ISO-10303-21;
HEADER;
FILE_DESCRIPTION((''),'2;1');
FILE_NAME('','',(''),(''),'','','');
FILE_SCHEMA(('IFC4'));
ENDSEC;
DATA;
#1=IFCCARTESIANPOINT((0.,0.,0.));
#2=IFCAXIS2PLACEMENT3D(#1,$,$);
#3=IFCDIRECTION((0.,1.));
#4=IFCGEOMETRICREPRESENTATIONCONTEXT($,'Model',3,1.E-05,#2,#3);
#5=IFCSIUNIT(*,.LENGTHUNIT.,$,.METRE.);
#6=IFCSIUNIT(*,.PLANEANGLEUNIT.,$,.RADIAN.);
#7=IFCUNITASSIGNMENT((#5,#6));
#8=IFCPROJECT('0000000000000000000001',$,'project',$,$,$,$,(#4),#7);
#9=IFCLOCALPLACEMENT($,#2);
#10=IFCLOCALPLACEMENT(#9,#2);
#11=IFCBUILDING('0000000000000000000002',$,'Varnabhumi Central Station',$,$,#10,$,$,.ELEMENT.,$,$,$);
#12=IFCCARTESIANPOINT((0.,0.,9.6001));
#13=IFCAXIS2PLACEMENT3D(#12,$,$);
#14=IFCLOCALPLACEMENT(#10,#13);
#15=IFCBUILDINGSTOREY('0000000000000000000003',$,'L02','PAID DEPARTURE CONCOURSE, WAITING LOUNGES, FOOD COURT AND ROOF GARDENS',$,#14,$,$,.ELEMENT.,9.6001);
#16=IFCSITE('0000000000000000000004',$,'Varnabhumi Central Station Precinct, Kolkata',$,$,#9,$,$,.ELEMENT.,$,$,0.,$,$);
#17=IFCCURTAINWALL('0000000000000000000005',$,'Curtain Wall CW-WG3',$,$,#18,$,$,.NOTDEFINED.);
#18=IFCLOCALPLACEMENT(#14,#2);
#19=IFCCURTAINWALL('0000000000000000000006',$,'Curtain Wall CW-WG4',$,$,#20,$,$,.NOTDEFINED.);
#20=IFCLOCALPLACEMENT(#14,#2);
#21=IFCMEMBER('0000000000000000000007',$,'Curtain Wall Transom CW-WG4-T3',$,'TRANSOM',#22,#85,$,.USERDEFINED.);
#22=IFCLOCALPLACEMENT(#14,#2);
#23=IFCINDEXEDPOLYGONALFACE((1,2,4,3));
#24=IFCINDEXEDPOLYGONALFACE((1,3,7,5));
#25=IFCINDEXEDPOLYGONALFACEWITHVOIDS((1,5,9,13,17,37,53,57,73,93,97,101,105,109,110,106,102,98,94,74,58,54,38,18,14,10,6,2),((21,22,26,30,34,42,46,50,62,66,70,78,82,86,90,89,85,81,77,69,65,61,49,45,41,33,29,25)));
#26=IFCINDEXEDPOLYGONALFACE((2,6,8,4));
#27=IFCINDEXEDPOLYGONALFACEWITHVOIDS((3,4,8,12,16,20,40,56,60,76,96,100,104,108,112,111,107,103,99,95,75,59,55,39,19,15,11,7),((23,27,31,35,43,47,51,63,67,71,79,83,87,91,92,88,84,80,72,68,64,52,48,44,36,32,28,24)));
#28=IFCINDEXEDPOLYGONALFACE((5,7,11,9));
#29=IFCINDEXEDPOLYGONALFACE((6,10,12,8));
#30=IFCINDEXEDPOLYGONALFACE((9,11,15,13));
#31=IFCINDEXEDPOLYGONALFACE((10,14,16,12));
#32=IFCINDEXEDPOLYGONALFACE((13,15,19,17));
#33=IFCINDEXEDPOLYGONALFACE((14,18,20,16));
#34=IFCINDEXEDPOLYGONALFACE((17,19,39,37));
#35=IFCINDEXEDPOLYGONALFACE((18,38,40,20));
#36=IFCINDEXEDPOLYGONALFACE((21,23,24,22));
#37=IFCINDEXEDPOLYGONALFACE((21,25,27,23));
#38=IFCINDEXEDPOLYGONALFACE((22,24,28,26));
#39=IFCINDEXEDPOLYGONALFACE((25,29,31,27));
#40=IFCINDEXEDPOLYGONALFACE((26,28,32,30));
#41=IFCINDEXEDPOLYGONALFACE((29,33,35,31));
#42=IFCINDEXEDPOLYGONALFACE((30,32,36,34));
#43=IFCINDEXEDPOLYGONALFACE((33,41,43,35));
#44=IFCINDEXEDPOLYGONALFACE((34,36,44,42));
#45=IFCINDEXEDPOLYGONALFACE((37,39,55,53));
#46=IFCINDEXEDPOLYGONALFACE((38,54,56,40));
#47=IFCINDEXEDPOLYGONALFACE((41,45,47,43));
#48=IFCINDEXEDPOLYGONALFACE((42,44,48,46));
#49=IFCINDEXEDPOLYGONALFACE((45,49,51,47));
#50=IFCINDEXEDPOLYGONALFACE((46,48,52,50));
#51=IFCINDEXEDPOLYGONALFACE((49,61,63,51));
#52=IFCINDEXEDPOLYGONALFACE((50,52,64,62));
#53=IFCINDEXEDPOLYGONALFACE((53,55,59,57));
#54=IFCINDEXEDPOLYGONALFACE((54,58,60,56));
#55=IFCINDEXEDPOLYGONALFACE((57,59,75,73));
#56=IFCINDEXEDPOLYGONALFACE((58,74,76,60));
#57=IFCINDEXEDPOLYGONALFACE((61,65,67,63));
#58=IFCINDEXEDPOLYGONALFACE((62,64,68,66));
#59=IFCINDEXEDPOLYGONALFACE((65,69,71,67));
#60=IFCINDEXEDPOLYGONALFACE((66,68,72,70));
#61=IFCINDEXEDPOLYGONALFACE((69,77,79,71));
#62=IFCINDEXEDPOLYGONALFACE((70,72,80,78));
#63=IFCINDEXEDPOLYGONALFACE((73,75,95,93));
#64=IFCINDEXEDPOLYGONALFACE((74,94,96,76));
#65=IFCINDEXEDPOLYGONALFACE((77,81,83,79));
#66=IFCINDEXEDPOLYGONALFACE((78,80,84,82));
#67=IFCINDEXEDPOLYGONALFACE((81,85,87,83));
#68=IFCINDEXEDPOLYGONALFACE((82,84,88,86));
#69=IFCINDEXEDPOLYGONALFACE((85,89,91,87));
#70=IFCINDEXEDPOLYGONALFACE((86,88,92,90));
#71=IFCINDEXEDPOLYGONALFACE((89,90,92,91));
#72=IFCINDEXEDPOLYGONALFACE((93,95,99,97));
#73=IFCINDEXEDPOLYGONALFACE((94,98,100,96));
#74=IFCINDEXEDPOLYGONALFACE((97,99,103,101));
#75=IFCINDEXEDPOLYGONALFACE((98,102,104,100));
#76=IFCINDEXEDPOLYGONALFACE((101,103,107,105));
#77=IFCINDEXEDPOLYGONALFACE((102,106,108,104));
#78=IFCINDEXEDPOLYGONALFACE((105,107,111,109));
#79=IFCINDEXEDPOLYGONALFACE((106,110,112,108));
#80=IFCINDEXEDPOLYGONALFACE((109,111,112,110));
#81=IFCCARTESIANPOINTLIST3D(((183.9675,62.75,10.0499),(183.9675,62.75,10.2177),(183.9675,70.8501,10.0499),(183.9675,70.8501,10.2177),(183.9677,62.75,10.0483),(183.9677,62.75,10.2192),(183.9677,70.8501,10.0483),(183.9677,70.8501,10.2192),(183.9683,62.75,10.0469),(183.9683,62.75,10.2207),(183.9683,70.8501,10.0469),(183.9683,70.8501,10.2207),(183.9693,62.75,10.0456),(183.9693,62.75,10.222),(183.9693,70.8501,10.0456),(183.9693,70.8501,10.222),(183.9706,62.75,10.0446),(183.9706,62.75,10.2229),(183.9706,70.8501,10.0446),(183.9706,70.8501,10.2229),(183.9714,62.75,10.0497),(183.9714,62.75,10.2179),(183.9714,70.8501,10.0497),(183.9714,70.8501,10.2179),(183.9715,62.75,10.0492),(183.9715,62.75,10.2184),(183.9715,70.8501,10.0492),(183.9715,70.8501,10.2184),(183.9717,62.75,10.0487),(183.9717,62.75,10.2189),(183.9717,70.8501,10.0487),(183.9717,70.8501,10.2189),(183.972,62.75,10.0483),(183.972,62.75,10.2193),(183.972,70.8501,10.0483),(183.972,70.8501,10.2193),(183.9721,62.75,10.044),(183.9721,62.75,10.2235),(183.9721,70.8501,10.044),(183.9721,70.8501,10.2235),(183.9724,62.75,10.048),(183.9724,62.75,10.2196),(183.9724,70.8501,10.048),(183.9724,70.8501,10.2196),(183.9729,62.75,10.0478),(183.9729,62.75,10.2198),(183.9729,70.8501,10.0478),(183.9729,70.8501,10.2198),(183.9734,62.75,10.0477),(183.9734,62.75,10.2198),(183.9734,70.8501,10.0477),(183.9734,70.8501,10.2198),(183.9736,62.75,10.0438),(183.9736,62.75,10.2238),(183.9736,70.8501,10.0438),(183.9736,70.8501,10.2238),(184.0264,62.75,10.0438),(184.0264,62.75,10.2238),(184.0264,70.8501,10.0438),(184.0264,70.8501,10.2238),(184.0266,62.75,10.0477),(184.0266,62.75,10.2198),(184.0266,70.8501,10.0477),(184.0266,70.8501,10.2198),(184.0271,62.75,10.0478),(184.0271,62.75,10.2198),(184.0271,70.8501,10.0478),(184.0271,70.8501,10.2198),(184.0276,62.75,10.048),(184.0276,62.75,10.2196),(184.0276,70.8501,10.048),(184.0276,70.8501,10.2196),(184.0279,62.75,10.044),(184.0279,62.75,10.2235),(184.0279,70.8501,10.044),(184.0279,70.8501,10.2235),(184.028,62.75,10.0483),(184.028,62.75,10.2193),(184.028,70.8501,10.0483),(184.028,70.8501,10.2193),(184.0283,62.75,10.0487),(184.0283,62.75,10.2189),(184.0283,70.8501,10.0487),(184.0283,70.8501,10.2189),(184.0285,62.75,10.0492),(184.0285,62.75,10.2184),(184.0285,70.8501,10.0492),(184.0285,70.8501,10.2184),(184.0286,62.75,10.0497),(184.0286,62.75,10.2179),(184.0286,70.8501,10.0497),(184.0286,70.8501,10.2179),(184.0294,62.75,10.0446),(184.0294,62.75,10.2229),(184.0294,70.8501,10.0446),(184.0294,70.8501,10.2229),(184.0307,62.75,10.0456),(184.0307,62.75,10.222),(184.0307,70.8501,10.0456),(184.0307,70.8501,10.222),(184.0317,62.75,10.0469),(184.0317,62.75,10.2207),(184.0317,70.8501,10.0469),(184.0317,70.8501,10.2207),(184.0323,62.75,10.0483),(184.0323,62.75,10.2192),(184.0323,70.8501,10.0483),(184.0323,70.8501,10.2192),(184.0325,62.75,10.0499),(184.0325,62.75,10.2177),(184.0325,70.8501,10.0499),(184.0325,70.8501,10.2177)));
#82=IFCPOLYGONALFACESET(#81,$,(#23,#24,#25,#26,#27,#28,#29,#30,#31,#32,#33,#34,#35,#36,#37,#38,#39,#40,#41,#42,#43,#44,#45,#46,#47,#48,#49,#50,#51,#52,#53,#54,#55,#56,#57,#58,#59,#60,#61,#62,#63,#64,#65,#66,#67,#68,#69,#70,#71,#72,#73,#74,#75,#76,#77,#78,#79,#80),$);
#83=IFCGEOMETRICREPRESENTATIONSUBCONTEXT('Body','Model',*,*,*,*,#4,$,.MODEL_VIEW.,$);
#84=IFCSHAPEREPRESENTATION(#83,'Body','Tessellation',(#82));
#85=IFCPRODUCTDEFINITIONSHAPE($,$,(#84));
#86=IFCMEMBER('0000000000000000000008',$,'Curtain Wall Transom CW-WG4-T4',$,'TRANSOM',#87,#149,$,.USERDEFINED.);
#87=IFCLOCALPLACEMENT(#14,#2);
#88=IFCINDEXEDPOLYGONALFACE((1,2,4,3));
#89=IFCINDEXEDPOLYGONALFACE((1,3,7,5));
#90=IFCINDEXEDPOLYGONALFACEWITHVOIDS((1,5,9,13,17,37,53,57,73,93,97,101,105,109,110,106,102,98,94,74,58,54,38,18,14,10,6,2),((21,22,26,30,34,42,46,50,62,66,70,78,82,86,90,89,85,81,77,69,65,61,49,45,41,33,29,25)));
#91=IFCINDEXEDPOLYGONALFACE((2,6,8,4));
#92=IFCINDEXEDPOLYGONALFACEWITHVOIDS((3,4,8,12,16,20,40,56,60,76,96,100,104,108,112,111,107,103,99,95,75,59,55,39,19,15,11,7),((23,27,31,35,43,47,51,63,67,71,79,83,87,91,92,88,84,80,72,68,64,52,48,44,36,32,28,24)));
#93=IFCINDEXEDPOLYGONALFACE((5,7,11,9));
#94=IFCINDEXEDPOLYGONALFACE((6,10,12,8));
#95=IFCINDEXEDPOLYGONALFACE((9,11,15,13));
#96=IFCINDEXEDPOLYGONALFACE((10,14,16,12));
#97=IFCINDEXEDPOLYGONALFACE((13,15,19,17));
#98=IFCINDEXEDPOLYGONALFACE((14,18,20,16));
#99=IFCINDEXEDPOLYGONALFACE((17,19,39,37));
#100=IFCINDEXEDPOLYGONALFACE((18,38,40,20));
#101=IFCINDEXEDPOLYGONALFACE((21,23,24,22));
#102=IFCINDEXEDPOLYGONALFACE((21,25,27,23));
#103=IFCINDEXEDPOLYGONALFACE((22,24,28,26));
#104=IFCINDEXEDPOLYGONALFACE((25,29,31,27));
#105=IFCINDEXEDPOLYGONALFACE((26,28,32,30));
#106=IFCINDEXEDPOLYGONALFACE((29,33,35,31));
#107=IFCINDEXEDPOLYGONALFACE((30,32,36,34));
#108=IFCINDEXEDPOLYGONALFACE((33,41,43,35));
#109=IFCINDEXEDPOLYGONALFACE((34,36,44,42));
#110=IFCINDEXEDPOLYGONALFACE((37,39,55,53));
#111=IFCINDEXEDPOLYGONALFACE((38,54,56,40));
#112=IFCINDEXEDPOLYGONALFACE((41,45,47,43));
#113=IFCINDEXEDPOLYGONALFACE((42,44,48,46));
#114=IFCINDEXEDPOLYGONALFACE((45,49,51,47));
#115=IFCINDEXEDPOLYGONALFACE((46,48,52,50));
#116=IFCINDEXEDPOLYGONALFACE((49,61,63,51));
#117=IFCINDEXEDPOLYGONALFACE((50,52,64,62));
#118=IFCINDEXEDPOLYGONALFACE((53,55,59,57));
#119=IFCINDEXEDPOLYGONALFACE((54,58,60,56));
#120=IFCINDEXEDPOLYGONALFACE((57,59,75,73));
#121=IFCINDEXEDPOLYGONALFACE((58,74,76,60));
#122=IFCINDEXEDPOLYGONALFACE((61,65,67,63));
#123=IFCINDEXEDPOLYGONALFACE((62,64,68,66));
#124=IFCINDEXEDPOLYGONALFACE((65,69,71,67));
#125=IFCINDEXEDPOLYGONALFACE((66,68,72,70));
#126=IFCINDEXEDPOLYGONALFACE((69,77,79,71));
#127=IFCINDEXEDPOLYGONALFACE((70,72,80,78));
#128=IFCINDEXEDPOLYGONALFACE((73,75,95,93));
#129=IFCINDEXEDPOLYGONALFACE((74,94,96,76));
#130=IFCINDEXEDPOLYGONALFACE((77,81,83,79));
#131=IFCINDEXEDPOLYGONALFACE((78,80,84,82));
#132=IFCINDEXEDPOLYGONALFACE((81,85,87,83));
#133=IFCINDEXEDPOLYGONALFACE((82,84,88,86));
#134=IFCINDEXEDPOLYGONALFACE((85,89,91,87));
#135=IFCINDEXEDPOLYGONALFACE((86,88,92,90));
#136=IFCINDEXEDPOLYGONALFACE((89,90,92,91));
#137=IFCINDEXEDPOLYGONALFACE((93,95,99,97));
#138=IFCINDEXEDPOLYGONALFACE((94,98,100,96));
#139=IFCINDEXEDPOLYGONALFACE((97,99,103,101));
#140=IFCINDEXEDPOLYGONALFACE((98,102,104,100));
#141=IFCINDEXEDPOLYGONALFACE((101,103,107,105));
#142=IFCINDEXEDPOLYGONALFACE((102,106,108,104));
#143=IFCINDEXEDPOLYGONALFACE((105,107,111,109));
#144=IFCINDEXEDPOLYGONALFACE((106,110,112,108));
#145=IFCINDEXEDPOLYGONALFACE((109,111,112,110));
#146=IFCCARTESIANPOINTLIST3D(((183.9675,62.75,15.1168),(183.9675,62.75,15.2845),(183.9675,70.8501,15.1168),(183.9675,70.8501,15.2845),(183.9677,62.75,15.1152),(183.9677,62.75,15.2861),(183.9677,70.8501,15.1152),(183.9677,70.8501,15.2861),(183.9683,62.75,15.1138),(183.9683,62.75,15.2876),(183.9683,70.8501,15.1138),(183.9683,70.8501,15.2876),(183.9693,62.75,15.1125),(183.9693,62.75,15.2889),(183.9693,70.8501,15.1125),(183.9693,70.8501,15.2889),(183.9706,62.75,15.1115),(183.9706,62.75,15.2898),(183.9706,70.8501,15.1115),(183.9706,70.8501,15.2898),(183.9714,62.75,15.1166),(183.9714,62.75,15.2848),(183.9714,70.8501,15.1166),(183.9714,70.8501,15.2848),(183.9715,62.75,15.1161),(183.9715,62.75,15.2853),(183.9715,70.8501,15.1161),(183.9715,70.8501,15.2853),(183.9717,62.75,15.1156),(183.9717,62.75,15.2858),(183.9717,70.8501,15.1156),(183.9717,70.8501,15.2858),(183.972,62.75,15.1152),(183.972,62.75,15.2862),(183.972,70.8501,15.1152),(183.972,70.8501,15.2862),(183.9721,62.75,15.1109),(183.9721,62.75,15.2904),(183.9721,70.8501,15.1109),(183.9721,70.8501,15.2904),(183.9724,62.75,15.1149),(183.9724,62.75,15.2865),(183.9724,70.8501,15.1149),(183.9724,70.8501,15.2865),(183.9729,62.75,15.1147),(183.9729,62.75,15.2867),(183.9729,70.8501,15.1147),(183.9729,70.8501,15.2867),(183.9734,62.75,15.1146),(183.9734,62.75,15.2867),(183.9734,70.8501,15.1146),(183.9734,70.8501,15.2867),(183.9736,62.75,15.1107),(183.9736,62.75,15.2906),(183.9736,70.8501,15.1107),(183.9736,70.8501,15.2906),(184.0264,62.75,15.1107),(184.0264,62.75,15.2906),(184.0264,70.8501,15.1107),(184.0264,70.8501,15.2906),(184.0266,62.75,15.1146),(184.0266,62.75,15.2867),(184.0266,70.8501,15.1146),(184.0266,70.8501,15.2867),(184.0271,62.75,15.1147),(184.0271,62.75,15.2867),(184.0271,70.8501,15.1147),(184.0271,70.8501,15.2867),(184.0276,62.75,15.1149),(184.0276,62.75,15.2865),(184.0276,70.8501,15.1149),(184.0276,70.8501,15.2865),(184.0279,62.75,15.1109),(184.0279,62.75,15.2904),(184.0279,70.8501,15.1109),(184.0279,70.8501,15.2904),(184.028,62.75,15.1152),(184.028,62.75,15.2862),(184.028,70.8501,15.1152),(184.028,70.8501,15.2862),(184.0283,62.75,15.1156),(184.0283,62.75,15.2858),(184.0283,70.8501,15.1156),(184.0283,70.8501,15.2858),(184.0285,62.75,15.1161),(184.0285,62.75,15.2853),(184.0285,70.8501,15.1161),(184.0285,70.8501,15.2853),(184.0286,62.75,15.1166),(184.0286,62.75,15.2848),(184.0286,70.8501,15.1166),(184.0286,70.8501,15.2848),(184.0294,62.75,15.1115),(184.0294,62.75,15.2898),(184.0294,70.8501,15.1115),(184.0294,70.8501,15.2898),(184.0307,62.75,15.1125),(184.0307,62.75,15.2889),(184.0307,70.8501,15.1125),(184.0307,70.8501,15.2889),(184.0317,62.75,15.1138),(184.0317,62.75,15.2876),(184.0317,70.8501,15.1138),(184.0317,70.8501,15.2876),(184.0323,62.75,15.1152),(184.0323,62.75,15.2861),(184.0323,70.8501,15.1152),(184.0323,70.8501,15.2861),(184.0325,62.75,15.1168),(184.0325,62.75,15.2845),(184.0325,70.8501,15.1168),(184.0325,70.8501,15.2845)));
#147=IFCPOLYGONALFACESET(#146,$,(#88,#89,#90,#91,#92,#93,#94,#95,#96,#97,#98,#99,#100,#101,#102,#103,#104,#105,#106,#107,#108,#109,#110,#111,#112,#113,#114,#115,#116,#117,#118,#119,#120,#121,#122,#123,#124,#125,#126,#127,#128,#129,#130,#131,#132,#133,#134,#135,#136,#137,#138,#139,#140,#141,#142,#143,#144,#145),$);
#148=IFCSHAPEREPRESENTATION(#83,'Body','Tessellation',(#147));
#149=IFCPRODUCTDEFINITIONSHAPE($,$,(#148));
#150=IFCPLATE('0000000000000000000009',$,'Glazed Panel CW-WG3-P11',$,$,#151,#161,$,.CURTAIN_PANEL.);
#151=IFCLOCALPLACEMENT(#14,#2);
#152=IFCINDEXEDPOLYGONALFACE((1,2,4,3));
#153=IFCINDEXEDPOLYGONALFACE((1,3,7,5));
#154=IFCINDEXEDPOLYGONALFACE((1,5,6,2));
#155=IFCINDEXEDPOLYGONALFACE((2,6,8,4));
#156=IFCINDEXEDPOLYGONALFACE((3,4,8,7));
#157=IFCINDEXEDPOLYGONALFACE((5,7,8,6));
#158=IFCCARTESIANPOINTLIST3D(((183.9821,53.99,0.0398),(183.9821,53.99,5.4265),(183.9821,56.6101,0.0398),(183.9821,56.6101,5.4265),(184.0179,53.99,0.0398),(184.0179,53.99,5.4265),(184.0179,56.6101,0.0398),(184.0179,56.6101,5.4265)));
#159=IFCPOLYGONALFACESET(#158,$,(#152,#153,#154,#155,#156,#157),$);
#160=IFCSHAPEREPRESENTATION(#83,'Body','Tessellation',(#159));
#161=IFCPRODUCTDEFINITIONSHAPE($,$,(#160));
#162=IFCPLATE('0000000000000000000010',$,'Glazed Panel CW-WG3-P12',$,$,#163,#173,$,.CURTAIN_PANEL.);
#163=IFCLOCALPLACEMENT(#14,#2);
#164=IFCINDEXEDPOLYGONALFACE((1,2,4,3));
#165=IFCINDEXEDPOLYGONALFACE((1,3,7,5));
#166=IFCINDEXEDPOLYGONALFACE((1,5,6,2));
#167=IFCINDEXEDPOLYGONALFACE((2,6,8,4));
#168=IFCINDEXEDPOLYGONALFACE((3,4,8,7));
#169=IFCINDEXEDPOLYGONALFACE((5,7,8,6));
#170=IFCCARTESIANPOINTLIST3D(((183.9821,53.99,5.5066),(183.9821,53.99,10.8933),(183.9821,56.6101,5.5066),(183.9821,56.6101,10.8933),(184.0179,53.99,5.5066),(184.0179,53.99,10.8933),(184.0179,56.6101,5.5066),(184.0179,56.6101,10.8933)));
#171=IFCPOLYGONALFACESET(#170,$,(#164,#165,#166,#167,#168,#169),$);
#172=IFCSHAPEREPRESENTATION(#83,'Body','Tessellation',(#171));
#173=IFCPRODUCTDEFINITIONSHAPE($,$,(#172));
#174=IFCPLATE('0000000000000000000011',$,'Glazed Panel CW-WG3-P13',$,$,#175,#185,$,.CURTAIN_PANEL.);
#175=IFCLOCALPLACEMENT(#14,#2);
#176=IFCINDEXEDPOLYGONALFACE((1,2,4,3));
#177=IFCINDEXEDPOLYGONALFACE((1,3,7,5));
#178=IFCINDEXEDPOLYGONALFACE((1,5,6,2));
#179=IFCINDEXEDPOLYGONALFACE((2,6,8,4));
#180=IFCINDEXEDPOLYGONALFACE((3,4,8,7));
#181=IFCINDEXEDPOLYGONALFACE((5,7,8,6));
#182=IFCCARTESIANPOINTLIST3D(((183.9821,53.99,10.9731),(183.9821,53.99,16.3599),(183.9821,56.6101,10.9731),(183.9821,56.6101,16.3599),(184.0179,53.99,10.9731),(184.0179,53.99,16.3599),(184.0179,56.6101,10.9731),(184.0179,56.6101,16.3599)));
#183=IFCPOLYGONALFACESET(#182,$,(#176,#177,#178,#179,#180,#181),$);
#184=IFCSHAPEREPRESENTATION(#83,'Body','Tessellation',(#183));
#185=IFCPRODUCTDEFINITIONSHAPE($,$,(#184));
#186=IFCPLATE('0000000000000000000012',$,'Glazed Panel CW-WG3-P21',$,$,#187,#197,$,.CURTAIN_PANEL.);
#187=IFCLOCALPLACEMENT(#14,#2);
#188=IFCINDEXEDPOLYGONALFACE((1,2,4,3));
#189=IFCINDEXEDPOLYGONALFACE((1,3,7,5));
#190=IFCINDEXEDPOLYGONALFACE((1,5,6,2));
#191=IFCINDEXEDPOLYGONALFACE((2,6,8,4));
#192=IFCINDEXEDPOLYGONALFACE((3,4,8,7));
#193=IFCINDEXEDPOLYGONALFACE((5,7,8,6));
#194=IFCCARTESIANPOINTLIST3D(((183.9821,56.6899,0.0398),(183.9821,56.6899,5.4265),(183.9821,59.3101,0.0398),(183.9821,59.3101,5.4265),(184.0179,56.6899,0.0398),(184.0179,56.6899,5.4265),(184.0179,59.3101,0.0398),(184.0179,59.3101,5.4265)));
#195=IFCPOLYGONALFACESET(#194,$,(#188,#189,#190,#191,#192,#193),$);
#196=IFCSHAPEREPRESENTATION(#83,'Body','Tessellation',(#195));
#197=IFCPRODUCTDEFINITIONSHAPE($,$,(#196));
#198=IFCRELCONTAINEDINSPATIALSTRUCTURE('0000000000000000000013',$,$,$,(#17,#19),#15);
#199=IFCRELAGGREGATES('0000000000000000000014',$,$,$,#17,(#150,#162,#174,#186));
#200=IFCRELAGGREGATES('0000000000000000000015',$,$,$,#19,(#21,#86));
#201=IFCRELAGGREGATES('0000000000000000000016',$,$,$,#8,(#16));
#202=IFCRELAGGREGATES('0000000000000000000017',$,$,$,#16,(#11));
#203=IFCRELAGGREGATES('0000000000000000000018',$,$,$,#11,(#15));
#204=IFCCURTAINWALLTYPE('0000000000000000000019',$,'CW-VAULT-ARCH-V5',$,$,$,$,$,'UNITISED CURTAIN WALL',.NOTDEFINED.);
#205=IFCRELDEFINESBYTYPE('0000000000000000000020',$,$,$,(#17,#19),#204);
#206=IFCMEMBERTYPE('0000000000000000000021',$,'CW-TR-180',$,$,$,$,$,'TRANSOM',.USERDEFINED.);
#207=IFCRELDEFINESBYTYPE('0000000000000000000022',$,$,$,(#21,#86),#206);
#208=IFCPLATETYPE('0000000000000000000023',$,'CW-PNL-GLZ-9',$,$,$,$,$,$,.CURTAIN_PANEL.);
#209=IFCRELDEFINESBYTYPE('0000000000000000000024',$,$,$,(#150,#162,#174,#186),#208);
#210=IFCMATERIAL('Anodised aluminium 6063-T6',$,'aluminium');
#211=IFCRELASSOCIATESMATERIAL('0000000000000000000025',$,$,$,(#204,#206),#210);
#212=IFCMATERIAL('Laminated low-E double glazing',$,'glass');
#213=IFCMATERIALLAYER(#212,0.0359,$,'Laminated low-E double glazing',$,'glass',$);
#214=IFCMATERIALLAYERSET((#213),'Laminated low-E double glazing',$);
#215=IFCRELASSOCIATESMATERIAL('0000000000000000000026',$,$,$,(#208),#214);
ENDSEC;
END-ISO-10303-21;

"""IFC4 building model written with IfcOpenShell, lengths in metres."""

from ifc_helpers import new_model, si_unit, direction, frame, origin, origin_2d, place, context, subcontext, project, spatial, rectangle, hollow_rectangle, extrude, material, layer, layer_set, material_profile, profile_set, type_object, element, aggregate, save


model = new_model("IFC4")

# Units and contexts
model_context = context("Model", 3, precision=1e-05, world=origin(), true_north=direction((0.0, 1.0)))
body_context = subcontext(model_context, "Body", "Model", "MODEL_VIEW")
ifc_project = project(units=[si_unit("LENGTHUNIT", "METRE"), si_unit("PLANEANGLEUNIT", "RADIAN")], contexts=[model_context])

# Site, building, storey
site_placement = place(None, origin())
site = spatial("IfcSite", under=ifc_project, at=site_placement, Name="Varnabhumi Central Station Precinct, Kolkata", CompositionType="ELEMENT", RefElevation=0.0)
building_placement = place(site_placement, origin())
building = spatial("IfcBuilding", under=site, at=building_placement, Name="Varnabhumi Central Station", CompositionType="ELEMENT")
storey_placement = place(building_placement, frame((0.0, 0.0, 9.6001)))
storey = spatial("IfcBuildingStorey", under=building, at=storey_placement, Name="L02", Description="PAID DEPARTURE CONCOURSE, WAITING LOUNGES, FOOD COURT AND ROOF GARDENS", CompositionType="ELEMENT", Elevation=9.6001)

# Curtain walls
ifc_material_1 = material(Name="Anodised aluminium 6063-T6", Category="aluminium")
curtain_wall_type = type_object("IfcCurtainWallType", Name="CW-VAULT-ARCH-V5", ElementType="UNITISED CURTAIN WALL", PredefinedType="NOTDEFINED", material=ifc_material_1)
curtain_wall_1_placement = place(storey_placement, origin())
curtain_wall_1 = element("IfcCurtainWall", 1, at=curtain_wall_1_placement, inside=storey, type_object=curtain_wall_type, Name="Curtain Wall CW-WG3", PredefinedType="NOTDEFINED")
curtain_wall_2_placement = place(storey_placement, origin())
curtain_wall_2 = element("IfcCurtainWall", 2, at=curtain_wall_2_placement, inside=storey, type_object=curtain_wall_type, Name="Curtain Wall CW-WG4", PredefinedType="NOTDEFINED")

# Members
ifc_material_profile_1 = material_profile(ifc_material_1, hollow_rectangle(XDim=0.0649, YDim=0.1799, WallThickness=0.0039, InnerFilletRadius=0.002, OuterFilletRadius=0.0061, at=origin_2d()), Name="Anodised aluminium 6063-T6", Category="aluminium")
ifc_profile_set_1 = profile_set([ifc_material_profile_1], Name="Anodised aluminium 6063-T6")
member_type_1 = type_object("IfcMemberType", Name="CW-TR-180", ElementType="TRANSOM", PredefinedType="USERDEFINED", material=ifc_profile_set_1)
member_1_placement = place(storey_placement, frame((184.0, 62.75, 10.1338), z_axis=(0.0, 1.0, 0.0), x_axis=(-1.0, 0.0, 0.0)))
member_1 = element("IfcMember", 3, at=member_1_placement, type_object=member_type_1, Name="Curtain Wall Transom CW-WG4-T3", ObjectType="TRANSOM", PredefinedType="USERDEFINED", context=body_context, shape_type="SweptSolid", body=[
    extrude(hollow_rectangle(XDim=0.0649, YDim=0.1799, WallThickness=0.0039, InnerFilletRadius=0.002, OuterFilletRadius=0.0061, at=origin_2d()), origin(), (0.0, 0.0, 1.0), 8.1001),
])
member_2_placement = place(storey_placement, frame((184.0, 62.75, 15.2007), z_axis=(0.0, 1.0, 0.0), x_axis=(-1.0, 0.0, 0.0)))
member_2 = element("IfcMember", 4, at=member_2_placement, type_object=member_type_1, Name="Curtain Wall Transom CW-WG4-T4", ObjectType="TRANSOM", PredefinedType="USERDEFINED", context=body_context, shape_type="SweptSolid", body=[
    extrude(hollow_rectangle(XDim=0.0649, YDim=0.1799, WallThickness=0.0039, InnerFilletRadius=0.002, OuterFilletRadius=0.0061, at=origin_2d()), origin(), (0.0, 0.0, 1.0), 8.1001),
])

# Plates
ifc_material_2 = material(Name="Laminated low-E double glazing", Category="glass")
ifc_layer = layer(ifc_material_2, 0.0359, Name="Laminated low-E double glazing", Category="glass")
ifc_layer_set = layer_set([ifc_layer], Name="Laminated low-E double glazing")
plate_type = type_object("IfcPlateType", Name="CW-PNL-GLZ-9", PredefinedType="CURTAIN_PANEL", material=ifc_layer_set)
plate_1_placement = place(storey_placement, frame((184.0, 55.3, 0.0398), z_axis=(0.0, 0.0, 1.0), x_axis=(0.0, 1.0, 0.0)))
plate_1 = element("IfcPlate", 5, at=plate_1_placement, type_object=plate_type, Name="Glazed Panel CW-WG3-P11", PredefinedType="CURTAIN_PANEL", context=body_context, shape_type="SweptSolid", body=[
    extrude(rectangle(XDim=2.6201, YDim=0.0359, at=origin_2d()), origin(), (0.0, 0.0, 1.0), 5.3867),
])
plate_2_placement = place(storey_placement, frame((184.0, 55.3, 5.5066), z_axis=(0.0, 0.0, 1.0), x_axis=(0.0, 1.0, 0.0)))
plate_2 = element("IfcPlate", 6, at=plate_2_placement, type_object=plate_type, Name="Glazed Panel CW-WG3-P12", PredefinedType="CURTAIN_PANEL", context=body_context, shape_type="SweptSolid", body=[
    extrude(rectangle(XDim=2.6201, YDim=0.0359, at=origin_2d()), origin(), (0.0, 0.0, 1.0), 5.3867),
])
plate_3_placement = place(storey_placement, frame((184.0, 55.3, 10.9731), z_axis=(0.0, 0.0, 1.0), x_axis=(0.0, 1.0, 0.0)))
plate_3 = element("IfcPlate", 7, at=plate_3_placement, type_object=plate_type, Name="Glazed Panel CW-WG3-P13", PredefinedType="CURTAIN_PANEL", context=body_context, shape_type="SweptSolid", body=[
    extrude(rectangle(XDim=2.6201, YDim=0.0359, at=origin_2d()), origin(), (0.0, 0.0, 1.0), 5.3867),
])
plate_4_placement = place(storey_placement, frame((184.0, 58.0, 0.0398), z_axis=(0.0, 0.0, 1.0), x_axis=(0.0, 1.0, 0.0)))
plate_4 = element("IfcPlate", 8, at=plate_4_placement, type_object=plate_type, Name="Glazed Panel CW-WG3-P21", PredefinedType="CURTAIN_PANEL", context=body_context, shape_type="SweptSolid", body=[
    extrude(rectangle(XDim=2.6201, YDim=0.0359, at=origin_2d()), origin(), (0.0, 0.0, 1.0), 5.3867),
])
aggregate(curtain_wall_1, [plate_1, plate_2, plate_3, plate_4])
aggregate(curtain_wall_2, [member_1, member_2])

save(model, "model.ifc")
